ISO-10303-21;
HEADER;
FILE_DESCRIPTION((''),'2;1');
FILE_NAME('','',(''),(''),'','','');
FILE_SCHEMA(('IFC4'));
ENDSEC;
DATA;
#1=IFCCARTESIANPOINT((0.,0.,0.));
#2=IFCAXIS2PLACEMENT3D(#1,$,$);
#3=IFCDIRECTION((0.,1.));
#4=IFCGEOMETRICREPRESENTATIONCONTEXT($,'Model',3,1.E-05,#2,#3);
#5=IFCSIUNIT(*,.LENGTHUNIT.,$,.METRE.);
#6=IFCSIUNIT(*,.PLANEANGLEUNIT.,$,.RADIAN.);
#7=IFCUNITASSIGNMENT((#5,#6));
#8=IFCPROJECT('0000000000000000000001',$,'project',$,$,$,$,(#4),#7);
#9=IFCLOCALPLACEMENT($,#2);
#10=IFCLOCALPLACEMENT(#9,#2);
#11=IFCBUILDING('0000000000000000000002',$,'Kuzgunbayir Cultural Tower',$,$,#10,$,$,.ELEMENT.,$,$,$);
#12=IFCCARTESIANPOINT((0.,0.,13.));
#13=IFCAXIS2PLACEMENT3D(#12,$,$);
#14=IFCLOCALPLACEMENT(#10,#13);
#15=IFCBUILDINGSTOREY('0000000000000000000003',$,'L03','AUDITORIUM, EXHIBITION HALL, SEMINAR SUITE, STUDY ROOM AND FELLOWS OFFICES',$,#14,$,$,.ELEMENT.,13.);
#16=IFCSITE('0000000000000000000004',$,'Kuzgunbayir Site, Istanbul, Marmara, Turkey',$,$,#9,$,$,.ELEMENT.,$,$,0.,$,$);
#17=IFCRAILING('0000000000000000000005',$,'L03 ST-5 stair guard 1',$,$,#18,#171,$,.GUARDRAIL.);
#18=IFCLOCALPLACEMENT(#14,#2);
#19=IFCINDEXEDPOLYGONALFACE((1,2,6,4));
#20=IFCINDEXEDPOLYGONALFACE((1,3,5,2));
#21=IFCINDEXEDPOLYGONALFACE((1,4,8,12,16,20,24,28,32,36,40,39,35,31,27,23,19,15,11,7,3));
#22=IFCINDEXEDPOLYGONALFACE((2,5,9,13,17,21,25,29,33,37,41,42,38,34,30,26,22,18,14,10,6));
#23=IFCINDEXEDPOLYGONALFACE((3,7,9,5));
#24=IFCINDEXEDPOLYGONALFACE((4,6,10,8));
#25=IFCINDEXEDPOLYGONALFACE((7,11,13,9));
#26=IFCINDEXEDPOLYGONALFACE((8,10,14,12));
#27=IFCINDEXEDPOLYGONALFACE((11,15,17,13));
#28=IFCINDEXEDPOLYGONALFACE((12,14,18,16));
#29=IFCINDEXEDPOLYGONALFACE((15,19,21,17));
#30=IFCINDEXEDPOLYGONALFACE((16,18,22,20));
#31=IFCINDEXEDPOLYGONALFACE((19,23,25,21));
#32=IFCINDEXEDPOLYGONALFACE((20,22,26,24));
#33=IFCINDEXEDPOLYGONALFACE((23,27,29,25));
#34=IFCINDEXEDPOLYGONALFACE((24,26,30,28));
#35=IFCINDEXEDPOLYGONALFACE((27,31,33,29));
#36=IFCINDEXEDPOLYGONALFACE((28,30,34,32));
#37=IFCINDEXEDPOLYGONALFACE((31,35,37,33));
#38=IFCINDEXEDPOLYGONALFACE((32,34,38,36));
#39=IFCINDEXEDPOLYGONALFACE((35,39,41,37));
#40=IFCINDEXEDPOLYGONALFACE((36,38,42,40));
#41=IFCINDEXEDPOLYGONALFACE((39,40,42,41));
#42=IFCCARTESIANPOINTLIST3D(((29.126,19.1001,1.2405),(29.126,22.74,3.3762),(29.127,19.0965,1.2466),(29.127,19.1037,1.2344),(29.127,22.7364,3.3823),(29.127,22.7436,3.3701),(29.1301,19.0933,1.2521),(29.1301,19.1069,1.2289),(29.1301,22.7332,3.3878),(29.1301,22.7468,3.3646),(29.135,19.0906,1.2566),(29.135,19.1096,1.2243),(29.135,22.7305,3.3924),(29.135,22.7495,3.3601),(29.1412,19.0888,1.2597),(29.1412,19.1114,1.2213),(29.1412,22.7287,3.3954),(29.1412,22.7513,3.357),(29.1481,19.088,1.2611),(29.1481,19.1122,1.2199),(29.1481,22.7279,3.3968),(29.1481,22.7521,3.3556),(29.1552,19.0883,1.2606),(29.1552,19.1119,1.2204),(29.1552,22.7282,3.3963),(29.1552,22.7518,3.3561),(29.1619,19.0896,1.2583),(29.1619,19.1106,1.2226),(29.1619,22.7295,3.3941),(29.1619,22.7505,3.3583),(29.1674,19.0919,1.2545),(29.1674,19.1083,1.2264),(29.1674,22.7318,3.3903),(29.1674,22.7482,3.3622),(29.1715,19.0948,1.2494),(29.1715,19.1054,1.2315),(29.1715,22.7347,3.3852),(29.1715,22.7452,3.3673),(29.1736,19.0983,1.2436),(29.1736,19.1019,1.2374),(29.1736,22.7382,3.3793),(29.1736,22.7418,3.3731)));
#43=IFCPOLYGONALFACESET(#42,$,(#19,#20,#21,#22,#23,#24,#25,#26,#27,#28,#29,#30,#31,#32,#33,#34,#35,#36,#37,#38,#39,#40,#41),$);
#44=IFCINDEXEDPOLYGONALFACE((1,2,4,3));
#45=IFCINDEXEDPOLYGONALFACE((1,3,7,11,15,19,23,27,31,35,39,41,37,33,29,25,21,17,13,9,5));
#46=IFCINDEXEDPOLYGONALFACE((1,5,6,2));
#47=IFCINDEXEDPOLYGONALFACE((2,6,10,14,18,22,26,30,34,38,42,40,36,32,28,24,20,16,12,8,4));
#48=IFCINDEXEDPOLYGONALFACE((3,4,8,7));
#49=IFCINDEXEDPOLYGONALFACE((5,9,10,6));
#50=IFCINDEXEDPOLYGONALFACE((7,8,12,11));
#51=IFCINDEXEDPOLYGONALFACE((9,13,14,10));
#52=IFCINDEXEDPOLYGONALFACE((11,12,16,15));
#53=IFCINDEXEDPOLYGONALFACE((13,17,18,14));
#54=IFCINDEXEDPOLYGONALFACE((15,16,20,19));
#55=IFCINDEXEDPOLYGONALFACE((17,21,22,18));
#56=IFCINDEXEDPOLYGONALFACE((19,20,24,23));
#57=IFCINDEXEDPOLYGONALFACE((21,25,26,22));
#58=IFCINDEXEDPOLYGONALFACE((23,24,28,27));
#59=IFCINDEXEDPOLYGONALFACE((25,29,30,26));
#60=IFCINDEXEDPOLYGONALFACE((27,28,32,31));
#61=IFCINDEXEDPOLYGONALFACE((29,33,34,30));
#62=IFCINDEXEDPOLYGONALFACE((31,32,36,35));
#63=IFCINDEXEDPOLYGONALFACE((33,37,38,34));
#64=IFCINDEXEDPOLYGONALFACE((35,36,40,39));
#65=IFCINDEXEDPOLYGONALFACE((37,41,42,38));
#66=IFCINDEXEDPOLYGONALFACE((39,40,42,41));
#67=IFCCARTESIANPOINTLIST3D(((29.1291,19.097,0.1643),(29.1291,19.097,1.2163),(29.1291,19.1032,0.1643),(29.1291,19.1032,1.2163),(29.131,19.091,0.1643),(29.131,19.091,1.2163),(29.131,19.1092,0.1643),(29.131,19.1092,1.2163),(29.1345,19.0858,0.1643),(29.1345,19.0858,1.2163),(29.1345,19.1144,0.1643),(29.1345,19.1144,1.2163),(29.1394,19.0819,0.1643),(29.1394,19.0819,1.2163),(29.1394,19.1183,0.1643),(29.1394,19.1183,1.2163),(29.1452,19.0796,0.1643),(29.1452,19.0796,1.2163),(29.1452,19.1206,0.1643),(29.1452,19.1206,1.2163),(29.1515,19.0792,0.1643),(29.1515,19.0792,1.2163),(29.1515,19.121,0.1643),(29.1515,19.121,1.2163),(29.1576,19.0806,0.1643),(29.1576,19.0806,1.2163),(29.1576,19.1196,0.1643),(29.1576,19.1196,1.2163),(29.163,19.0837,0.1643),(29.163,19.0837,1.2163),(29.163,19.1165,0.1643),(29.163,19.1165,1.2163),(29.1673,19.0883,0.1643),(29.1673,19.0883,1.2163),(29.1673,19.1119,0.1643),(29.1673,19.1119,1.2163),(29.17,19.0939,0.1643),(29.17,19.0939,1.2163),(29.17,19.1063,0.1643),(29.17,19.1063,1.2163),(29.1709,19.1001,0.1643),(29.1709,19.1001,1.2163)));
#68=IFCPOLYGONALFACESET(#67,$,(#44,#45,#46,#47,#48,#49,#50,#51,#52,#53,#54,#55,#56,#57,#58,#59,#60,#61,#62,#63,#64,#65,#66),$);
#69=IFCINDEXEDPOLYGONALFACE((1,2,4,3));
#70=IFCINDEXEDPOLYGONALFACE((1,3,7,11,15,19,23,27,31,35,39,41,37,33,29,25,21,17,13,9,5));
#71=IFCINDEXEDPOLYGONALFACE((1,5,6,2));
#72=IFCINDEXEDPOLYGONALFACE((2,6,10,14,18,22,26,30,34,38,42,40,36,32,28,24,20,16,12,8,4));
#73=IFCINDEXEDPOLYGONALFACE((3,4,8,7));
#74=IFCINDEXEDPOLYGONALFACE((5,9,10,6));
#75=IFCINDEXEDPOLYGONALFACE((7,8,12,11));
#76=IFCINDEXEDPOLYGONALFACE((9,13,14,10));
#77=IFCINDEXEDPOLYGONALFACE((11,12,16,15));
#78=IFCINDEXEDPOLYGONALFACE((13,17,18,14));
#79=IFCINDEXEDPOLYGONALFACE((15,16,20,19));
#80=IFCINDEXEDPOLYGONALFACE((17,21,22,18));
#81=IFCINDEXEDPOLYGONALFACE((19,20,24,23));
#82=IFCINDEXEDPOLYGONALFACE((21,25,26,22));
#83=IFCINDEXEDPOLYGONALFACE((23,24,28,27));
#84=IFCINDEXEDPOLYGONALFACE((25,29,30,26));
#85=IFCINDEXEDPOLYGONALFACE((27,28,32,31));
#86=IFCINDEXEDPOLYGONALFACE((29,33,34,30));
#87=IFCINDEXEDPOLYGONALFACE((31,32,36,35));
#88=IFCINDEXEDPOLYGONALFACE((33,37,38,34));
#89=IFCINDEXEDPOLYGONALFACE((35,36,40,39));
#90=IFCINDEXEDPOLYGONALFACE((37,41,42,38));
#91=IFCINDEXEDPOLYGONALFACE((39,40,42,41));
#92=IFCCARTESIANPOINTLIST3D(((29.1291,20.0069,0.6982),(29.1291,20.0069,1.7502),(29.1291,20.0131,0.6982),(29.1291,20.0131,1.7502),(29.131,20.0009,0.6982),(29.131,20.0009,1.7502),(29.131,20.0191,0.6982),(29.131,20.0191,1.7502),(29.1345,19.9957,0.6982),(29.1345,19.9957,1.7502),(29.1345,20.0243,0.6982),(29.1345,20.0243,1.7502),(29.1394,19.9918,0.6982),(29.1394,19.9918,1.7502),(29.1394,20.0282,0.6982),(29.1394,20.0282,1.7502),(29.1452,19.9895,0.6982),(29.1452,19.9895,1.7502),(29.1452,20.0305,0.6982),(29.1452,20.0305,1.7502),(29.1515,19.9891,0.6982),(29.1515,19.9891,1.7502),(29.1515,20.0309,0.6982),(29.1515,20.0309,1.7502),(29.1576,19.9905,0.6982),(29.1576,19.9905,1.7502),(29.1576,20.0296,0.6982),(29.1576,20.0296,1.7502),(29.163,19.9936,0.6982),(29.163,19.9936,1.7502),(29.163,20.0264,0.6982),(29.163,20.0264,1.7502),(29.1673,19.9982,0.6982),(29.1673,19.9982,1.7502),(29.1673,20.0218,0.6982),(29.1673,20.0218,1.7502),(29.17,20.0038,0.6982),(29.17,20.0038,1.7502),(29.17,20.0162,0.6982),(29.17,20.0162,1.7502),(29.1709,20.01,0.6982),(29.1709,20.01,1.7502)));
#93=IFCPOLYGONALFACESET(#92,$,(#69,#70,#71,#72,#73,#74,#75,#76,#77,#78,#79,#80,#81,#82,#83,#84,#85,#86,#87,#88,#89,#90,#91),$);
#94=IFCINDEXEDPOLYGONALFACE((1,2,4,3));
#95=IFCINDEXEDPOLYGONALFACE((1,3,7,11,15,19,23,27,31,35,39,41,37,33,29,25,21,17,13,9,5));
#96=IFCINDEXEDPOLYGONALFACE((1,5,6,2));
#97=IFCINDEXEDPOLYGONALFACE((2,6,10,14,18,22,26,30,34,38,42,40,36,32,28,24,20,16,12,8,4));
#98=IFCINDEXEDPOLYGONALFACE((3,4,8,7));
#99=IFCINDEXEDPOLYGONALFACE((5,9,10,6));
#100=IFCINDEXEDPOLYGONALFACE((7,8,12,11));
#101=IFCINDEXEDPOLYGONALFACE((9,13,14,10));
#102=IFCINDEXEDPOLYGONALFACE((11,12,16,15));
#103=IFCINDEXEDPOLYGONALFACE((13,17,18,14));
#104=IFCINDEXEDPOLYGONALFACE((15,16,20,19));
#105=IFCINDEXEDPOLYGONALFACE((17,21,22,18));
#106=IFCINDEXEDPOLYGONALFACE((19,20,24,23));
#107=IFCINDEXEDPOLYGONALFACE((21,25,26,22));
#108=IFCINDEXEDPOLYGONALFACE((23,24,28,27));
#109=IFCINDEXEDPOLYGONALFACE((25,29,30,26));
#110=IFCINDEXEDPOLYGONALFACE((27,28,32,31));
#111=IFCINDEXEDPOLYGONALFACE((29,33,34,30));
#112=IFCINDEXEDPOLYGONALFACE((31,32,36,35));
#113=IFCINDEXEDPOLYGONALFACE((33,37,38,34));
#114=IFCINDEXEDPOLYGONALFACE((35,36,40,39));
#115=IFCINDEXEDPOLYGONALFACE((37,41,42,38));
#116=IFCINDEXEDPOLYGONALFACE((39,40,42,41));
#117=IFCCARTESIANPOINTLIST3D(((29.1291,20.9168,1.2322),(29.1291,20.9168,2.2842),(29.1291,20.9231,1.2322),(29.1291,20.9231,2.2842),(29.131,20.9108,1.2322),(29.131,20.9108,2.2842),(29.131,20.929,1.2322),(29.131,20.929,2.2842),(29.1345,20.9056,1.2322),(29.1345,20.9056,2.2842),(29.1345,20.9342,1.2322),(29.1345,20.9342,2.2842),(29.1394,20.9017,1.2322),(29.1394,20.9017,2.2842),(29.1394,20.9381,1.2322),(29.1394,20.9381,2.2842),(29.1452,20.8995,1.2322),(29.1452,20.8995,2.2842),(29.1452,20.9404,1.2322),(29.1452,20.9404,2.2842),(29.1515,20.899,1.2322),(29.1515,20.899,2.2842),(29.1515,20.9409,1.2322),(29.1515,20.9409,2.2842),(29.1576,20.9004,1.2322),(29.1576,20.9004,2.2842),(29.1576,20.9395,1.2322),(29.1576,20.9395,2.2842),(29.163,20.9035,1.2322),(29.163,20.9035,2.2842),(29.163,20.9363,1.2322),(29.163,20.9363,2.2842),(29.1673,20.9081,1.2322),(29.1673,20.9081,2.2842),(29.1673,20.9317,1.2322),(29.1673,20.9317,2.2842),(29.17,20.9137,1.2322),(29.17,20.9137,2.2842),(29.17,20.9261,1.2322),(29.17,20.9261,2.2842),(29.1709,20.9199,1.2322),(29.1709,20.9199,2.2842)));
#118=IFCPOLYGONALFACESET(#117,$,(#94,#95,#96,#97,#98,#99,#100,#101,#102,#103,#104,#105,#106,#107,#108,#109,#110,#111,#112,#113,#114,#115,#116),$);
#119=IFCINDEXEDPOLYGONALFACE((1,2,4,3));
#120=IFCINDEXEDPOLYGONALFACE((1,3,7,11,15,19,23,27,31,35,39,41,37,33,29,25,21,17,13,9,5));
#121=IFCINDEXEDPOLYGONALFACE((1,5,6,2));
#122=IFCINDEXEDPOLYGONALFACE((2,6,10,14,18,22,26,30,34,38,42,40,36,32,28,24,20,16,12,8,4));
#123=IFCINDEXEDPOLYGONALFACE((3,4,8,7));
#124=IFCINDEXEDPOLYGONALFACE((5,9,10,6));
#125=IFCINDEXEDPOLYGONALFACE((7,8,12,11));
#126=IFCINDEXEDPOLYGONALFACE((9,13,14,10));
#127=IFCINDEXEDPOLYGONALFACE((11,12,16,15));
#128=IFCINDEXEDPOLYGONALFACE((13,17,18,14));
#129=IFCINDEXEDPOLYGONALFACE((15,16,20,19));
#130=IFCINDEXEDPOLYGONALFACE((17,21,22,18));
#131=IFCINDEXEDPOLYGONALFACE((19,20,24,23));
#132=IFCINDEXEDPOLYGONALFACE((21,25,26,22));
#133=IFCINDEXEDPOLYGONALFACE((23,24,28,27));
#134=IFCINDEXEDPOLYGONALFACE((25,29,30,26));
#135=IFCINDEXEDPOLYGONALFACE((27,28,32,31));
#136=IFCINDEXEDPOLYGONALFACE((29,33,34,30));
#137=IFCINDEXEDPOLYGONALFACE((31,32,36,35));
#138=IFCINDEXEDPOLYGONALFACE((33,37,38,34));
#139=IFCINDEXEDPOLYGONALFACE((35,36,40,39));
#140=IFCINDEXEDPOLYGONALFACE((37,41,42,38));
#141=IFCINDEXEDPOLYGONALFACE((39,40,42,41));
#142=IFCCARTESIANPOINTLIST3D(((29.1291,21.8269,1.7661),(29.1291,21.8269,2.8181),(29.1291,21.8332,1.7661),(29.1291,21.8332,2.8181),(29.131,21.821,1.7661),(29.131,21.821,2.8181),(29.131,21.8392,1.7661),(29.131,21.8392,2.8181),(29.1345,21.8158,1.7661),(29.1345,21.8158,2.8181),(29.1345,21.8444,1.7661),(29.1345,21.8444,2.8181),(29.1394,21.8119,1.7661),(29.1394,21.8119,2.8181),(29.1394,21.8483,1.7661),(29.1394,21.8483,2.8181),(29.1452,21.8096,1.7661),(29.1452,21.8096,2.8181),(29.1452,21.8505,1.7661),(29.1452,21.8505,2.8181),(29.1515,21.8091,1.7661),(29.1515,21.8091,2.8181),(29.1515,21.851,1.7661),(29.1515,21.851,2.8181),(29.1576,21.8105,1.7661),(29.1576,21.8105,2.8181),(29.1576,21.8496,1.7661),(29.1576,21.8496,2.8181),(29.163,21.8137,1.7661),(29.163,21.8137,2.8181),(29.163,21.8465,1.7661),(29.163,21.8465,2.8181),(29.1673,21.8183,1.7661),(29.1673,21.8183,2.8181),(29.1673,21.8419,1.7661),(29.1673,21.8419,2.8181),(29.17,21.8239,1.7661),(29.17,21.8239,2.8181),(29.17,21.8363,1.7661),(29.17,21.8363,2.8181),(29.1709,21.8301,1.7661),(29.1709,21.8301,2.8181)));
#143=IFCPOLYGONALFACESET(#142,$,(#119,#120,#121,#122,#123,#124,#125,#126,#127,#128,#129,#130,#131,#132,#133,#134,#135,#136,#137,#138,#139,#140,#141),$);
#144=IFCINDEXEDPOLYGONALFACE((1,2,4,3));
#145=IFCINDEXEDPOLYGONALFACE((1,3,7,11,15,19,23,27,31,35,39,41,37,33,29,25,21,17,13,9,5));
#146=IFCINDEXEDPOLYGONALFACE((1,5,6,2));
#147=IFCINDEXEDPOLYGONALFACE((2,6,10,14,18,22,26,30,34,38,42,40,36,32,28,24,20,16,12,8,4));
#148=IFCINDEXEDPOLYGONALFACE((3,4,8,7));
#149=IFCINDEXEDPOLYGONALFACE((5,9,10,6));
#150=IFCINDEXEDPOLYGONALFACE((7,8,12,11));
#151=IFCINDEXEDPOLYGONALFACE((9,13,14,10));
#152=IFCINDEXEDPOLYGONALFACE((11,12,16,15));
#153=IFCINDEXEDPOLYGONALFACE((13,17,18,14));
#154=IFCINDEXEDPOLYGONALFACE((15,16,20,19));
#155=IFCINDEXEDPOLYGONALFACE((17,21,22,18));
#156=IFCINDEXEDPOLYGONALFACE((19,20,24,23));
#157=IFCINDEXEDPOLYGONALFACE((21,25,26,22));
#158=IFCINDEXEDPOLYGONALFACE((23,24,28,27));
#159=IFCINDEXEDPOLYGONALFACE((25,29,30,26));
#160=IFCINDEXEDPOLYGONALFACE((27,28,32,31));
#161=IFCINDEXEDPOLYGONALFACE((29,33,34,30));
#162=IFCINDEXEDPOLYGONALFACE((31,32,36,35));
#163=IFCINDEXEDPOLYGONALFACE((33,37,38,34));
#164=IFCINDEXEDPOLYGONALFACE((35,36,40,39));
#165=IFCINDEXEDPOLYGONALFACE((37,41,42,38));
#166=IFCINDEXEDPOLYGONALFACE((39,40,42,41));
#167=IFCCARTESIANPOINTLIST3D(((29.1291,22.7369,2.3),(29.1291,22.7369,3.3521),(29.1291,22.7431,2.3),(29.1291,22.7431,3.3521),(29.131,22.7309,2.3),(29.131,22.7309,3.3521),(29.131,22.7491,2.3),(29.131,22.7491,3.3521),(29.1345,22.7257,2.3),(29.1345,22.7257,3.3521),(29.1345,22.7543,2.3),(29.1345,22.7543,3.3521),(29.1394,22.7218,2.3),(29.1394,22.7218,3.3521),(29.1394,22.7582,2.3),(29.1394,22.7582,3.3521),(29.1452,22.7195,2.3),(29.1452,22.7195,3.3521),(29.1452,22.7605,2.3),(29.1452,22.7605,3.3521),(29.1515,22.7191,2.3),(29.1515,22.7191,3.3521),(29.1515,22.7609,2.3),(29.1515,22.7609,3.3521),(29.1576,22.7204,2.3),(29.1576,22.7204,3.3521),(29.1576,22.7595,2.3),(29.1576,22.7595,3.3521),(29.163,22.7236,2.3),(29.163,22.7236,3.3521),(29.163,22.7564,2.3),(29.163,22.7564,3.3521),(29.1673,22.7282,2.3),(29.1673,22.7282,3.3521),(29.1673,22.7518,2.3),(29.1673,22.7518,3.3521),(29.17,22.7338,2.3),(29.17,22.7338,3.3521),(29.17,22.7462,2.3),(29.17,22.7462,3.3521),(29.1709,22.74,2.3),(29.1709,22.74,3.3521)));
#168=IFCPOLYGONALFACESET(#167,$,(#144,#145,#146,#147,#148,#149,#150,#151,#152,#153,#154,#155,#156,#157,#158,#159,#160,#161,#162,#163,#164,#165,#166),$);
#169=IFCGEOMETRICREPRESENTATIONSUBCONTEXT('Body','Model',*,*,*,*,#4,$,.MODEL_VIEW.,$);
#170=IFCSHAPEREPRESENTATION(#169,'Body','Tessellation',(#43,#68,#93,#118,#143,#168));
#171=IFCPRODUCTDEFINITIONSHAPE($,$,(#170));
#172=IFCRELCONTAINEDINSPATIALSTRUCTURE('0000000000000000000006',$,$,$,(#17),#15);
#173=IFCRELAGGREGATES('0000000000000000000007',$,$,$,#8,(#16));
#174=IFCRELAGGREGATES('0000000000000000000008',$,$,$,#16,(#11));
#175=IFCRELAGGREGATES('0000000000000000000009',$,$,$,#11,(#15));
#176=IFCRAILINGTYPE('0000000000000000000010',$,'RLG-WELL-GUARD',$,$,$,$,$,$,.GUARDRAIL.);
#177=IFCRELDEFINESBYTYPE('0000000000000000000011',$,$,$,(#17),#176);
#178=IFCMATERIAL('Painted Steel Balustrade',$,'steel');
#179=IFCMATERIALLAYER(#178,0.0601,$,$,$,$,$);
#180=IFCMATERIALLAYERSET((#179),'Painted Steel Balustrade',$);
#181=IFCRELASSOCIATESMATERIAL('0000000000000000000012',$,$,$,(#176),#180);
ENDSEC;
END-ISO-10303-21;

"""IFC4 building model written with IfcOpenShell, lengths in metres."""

from ifc_helpers import new_model, si_unit, direction, frame, origin, origin_2d, place, context, subcontext, project, spatial, circle, extrude, material, layer, layer_set, type_object, element, save


model = new_model("IFC4")

# Units and contexts
model_context = context("Model", 3, precision=1e-05, world=origin(), true_north=direction((0.0, 1.0)))
body_context = subcontext(model_context, "Body", "Model", "MODEL_VIEW")
ifc_project = project(units=[si_unit("LENGTHUNIT", "METRE"), si_unit("PLANEANGLEUNIT", "RADIAN")], contexts=[model_context])

# Site, building, storey
site_placement = place(None, origin())
site = spatial("IfcSite", under=ifc_project, at=site_placement, Name="Kuzgunbayir Site, Istanbul, Marmara, Turkey", CompositionType="ELEMENT", RefElevation=0.0)
building_placement = place(site_placement, origin())
building = spatial("IfcBuilding", under=site, at=building_placement, Name="Kuzgunbayir Cultural Tower", CompositionType="ELEMENT")
storey_placement = place(building_placement, frame((0.0, 0.0, 13.0)))
storey = spatial("IfcBuildingStorey", under=building, at=storey_placement, Name="L03", Description="AUDITORIUM, EXHIBITION HALL, SEMINAR SUITE, STUDY ROOM AND FELLOWS OFFICES", CompositionType="ELEMENT", Elevation=13.0)

# Railing
ifc_material_1 = material(Name="Painted Steel Balustrade", Category="steel")
ifc_layer_1 = layer(ifc_material_1, 0.0601)
ifc_layer_set_1 = layer_set([ifc_layer_1], Name="Painted Steel Balustrade")
railing_type_1 = type_object("IfcRailingType", Name="RLG-WELL-GUARD", PredefinedType="GUARDRAIL", material=ifc_layer_set_1)
railing_1_placement = place(storey_placement, frame((29.1499, 19.1001, 0.1643)))
element("IfcRailing", 1, at=railing_1_placement, inside=storey, type_object=railing_type_1, Name="L03 ST-5 stair guard 1", PredefinedType="GUARDRAIL", context=body_context, shape_type="SweptSolid", body=[
    extrude(circle(Radius=0.0239, at=origin_2d()), frame((0.0, 0.0, 1.0762), z_axis=(0.0, 0.86249, 0.506074), x_axis=(-1.0, 0.0, 0.0)), (0.0, 0.0, 1.0), 4.2202),
    extrude(circle(Radius=0.021, at=origin_2d()), origin(), (0.0, 0.0, 1.0), 1.052),
    extrude(circle(Radius=0.021, at=origin_2d()), frame((0.0, 0.9099, 0.5339)), (0.0, 0.0, 1.0), 1.052),
    extrude(circle(Radius=0.021, at=origin_2d()), frame((0.0, 1.8198, 1.0679)), (0.0, 0.0, 1.0), 1.052),
    extrude(circle(Radius=0.021, at=origin_2d()), frame((0.0, 2.73, 1.6018)), (0.0, 0.0, 1.0), 1.052),
    extrude(circle(Radius=0.021, at=origin_2d()), frame((0.0, 3.6399, 2.1357)), (0.0, 0.0, 1.0), 1.052),
])

save(model, "model.ifc")
